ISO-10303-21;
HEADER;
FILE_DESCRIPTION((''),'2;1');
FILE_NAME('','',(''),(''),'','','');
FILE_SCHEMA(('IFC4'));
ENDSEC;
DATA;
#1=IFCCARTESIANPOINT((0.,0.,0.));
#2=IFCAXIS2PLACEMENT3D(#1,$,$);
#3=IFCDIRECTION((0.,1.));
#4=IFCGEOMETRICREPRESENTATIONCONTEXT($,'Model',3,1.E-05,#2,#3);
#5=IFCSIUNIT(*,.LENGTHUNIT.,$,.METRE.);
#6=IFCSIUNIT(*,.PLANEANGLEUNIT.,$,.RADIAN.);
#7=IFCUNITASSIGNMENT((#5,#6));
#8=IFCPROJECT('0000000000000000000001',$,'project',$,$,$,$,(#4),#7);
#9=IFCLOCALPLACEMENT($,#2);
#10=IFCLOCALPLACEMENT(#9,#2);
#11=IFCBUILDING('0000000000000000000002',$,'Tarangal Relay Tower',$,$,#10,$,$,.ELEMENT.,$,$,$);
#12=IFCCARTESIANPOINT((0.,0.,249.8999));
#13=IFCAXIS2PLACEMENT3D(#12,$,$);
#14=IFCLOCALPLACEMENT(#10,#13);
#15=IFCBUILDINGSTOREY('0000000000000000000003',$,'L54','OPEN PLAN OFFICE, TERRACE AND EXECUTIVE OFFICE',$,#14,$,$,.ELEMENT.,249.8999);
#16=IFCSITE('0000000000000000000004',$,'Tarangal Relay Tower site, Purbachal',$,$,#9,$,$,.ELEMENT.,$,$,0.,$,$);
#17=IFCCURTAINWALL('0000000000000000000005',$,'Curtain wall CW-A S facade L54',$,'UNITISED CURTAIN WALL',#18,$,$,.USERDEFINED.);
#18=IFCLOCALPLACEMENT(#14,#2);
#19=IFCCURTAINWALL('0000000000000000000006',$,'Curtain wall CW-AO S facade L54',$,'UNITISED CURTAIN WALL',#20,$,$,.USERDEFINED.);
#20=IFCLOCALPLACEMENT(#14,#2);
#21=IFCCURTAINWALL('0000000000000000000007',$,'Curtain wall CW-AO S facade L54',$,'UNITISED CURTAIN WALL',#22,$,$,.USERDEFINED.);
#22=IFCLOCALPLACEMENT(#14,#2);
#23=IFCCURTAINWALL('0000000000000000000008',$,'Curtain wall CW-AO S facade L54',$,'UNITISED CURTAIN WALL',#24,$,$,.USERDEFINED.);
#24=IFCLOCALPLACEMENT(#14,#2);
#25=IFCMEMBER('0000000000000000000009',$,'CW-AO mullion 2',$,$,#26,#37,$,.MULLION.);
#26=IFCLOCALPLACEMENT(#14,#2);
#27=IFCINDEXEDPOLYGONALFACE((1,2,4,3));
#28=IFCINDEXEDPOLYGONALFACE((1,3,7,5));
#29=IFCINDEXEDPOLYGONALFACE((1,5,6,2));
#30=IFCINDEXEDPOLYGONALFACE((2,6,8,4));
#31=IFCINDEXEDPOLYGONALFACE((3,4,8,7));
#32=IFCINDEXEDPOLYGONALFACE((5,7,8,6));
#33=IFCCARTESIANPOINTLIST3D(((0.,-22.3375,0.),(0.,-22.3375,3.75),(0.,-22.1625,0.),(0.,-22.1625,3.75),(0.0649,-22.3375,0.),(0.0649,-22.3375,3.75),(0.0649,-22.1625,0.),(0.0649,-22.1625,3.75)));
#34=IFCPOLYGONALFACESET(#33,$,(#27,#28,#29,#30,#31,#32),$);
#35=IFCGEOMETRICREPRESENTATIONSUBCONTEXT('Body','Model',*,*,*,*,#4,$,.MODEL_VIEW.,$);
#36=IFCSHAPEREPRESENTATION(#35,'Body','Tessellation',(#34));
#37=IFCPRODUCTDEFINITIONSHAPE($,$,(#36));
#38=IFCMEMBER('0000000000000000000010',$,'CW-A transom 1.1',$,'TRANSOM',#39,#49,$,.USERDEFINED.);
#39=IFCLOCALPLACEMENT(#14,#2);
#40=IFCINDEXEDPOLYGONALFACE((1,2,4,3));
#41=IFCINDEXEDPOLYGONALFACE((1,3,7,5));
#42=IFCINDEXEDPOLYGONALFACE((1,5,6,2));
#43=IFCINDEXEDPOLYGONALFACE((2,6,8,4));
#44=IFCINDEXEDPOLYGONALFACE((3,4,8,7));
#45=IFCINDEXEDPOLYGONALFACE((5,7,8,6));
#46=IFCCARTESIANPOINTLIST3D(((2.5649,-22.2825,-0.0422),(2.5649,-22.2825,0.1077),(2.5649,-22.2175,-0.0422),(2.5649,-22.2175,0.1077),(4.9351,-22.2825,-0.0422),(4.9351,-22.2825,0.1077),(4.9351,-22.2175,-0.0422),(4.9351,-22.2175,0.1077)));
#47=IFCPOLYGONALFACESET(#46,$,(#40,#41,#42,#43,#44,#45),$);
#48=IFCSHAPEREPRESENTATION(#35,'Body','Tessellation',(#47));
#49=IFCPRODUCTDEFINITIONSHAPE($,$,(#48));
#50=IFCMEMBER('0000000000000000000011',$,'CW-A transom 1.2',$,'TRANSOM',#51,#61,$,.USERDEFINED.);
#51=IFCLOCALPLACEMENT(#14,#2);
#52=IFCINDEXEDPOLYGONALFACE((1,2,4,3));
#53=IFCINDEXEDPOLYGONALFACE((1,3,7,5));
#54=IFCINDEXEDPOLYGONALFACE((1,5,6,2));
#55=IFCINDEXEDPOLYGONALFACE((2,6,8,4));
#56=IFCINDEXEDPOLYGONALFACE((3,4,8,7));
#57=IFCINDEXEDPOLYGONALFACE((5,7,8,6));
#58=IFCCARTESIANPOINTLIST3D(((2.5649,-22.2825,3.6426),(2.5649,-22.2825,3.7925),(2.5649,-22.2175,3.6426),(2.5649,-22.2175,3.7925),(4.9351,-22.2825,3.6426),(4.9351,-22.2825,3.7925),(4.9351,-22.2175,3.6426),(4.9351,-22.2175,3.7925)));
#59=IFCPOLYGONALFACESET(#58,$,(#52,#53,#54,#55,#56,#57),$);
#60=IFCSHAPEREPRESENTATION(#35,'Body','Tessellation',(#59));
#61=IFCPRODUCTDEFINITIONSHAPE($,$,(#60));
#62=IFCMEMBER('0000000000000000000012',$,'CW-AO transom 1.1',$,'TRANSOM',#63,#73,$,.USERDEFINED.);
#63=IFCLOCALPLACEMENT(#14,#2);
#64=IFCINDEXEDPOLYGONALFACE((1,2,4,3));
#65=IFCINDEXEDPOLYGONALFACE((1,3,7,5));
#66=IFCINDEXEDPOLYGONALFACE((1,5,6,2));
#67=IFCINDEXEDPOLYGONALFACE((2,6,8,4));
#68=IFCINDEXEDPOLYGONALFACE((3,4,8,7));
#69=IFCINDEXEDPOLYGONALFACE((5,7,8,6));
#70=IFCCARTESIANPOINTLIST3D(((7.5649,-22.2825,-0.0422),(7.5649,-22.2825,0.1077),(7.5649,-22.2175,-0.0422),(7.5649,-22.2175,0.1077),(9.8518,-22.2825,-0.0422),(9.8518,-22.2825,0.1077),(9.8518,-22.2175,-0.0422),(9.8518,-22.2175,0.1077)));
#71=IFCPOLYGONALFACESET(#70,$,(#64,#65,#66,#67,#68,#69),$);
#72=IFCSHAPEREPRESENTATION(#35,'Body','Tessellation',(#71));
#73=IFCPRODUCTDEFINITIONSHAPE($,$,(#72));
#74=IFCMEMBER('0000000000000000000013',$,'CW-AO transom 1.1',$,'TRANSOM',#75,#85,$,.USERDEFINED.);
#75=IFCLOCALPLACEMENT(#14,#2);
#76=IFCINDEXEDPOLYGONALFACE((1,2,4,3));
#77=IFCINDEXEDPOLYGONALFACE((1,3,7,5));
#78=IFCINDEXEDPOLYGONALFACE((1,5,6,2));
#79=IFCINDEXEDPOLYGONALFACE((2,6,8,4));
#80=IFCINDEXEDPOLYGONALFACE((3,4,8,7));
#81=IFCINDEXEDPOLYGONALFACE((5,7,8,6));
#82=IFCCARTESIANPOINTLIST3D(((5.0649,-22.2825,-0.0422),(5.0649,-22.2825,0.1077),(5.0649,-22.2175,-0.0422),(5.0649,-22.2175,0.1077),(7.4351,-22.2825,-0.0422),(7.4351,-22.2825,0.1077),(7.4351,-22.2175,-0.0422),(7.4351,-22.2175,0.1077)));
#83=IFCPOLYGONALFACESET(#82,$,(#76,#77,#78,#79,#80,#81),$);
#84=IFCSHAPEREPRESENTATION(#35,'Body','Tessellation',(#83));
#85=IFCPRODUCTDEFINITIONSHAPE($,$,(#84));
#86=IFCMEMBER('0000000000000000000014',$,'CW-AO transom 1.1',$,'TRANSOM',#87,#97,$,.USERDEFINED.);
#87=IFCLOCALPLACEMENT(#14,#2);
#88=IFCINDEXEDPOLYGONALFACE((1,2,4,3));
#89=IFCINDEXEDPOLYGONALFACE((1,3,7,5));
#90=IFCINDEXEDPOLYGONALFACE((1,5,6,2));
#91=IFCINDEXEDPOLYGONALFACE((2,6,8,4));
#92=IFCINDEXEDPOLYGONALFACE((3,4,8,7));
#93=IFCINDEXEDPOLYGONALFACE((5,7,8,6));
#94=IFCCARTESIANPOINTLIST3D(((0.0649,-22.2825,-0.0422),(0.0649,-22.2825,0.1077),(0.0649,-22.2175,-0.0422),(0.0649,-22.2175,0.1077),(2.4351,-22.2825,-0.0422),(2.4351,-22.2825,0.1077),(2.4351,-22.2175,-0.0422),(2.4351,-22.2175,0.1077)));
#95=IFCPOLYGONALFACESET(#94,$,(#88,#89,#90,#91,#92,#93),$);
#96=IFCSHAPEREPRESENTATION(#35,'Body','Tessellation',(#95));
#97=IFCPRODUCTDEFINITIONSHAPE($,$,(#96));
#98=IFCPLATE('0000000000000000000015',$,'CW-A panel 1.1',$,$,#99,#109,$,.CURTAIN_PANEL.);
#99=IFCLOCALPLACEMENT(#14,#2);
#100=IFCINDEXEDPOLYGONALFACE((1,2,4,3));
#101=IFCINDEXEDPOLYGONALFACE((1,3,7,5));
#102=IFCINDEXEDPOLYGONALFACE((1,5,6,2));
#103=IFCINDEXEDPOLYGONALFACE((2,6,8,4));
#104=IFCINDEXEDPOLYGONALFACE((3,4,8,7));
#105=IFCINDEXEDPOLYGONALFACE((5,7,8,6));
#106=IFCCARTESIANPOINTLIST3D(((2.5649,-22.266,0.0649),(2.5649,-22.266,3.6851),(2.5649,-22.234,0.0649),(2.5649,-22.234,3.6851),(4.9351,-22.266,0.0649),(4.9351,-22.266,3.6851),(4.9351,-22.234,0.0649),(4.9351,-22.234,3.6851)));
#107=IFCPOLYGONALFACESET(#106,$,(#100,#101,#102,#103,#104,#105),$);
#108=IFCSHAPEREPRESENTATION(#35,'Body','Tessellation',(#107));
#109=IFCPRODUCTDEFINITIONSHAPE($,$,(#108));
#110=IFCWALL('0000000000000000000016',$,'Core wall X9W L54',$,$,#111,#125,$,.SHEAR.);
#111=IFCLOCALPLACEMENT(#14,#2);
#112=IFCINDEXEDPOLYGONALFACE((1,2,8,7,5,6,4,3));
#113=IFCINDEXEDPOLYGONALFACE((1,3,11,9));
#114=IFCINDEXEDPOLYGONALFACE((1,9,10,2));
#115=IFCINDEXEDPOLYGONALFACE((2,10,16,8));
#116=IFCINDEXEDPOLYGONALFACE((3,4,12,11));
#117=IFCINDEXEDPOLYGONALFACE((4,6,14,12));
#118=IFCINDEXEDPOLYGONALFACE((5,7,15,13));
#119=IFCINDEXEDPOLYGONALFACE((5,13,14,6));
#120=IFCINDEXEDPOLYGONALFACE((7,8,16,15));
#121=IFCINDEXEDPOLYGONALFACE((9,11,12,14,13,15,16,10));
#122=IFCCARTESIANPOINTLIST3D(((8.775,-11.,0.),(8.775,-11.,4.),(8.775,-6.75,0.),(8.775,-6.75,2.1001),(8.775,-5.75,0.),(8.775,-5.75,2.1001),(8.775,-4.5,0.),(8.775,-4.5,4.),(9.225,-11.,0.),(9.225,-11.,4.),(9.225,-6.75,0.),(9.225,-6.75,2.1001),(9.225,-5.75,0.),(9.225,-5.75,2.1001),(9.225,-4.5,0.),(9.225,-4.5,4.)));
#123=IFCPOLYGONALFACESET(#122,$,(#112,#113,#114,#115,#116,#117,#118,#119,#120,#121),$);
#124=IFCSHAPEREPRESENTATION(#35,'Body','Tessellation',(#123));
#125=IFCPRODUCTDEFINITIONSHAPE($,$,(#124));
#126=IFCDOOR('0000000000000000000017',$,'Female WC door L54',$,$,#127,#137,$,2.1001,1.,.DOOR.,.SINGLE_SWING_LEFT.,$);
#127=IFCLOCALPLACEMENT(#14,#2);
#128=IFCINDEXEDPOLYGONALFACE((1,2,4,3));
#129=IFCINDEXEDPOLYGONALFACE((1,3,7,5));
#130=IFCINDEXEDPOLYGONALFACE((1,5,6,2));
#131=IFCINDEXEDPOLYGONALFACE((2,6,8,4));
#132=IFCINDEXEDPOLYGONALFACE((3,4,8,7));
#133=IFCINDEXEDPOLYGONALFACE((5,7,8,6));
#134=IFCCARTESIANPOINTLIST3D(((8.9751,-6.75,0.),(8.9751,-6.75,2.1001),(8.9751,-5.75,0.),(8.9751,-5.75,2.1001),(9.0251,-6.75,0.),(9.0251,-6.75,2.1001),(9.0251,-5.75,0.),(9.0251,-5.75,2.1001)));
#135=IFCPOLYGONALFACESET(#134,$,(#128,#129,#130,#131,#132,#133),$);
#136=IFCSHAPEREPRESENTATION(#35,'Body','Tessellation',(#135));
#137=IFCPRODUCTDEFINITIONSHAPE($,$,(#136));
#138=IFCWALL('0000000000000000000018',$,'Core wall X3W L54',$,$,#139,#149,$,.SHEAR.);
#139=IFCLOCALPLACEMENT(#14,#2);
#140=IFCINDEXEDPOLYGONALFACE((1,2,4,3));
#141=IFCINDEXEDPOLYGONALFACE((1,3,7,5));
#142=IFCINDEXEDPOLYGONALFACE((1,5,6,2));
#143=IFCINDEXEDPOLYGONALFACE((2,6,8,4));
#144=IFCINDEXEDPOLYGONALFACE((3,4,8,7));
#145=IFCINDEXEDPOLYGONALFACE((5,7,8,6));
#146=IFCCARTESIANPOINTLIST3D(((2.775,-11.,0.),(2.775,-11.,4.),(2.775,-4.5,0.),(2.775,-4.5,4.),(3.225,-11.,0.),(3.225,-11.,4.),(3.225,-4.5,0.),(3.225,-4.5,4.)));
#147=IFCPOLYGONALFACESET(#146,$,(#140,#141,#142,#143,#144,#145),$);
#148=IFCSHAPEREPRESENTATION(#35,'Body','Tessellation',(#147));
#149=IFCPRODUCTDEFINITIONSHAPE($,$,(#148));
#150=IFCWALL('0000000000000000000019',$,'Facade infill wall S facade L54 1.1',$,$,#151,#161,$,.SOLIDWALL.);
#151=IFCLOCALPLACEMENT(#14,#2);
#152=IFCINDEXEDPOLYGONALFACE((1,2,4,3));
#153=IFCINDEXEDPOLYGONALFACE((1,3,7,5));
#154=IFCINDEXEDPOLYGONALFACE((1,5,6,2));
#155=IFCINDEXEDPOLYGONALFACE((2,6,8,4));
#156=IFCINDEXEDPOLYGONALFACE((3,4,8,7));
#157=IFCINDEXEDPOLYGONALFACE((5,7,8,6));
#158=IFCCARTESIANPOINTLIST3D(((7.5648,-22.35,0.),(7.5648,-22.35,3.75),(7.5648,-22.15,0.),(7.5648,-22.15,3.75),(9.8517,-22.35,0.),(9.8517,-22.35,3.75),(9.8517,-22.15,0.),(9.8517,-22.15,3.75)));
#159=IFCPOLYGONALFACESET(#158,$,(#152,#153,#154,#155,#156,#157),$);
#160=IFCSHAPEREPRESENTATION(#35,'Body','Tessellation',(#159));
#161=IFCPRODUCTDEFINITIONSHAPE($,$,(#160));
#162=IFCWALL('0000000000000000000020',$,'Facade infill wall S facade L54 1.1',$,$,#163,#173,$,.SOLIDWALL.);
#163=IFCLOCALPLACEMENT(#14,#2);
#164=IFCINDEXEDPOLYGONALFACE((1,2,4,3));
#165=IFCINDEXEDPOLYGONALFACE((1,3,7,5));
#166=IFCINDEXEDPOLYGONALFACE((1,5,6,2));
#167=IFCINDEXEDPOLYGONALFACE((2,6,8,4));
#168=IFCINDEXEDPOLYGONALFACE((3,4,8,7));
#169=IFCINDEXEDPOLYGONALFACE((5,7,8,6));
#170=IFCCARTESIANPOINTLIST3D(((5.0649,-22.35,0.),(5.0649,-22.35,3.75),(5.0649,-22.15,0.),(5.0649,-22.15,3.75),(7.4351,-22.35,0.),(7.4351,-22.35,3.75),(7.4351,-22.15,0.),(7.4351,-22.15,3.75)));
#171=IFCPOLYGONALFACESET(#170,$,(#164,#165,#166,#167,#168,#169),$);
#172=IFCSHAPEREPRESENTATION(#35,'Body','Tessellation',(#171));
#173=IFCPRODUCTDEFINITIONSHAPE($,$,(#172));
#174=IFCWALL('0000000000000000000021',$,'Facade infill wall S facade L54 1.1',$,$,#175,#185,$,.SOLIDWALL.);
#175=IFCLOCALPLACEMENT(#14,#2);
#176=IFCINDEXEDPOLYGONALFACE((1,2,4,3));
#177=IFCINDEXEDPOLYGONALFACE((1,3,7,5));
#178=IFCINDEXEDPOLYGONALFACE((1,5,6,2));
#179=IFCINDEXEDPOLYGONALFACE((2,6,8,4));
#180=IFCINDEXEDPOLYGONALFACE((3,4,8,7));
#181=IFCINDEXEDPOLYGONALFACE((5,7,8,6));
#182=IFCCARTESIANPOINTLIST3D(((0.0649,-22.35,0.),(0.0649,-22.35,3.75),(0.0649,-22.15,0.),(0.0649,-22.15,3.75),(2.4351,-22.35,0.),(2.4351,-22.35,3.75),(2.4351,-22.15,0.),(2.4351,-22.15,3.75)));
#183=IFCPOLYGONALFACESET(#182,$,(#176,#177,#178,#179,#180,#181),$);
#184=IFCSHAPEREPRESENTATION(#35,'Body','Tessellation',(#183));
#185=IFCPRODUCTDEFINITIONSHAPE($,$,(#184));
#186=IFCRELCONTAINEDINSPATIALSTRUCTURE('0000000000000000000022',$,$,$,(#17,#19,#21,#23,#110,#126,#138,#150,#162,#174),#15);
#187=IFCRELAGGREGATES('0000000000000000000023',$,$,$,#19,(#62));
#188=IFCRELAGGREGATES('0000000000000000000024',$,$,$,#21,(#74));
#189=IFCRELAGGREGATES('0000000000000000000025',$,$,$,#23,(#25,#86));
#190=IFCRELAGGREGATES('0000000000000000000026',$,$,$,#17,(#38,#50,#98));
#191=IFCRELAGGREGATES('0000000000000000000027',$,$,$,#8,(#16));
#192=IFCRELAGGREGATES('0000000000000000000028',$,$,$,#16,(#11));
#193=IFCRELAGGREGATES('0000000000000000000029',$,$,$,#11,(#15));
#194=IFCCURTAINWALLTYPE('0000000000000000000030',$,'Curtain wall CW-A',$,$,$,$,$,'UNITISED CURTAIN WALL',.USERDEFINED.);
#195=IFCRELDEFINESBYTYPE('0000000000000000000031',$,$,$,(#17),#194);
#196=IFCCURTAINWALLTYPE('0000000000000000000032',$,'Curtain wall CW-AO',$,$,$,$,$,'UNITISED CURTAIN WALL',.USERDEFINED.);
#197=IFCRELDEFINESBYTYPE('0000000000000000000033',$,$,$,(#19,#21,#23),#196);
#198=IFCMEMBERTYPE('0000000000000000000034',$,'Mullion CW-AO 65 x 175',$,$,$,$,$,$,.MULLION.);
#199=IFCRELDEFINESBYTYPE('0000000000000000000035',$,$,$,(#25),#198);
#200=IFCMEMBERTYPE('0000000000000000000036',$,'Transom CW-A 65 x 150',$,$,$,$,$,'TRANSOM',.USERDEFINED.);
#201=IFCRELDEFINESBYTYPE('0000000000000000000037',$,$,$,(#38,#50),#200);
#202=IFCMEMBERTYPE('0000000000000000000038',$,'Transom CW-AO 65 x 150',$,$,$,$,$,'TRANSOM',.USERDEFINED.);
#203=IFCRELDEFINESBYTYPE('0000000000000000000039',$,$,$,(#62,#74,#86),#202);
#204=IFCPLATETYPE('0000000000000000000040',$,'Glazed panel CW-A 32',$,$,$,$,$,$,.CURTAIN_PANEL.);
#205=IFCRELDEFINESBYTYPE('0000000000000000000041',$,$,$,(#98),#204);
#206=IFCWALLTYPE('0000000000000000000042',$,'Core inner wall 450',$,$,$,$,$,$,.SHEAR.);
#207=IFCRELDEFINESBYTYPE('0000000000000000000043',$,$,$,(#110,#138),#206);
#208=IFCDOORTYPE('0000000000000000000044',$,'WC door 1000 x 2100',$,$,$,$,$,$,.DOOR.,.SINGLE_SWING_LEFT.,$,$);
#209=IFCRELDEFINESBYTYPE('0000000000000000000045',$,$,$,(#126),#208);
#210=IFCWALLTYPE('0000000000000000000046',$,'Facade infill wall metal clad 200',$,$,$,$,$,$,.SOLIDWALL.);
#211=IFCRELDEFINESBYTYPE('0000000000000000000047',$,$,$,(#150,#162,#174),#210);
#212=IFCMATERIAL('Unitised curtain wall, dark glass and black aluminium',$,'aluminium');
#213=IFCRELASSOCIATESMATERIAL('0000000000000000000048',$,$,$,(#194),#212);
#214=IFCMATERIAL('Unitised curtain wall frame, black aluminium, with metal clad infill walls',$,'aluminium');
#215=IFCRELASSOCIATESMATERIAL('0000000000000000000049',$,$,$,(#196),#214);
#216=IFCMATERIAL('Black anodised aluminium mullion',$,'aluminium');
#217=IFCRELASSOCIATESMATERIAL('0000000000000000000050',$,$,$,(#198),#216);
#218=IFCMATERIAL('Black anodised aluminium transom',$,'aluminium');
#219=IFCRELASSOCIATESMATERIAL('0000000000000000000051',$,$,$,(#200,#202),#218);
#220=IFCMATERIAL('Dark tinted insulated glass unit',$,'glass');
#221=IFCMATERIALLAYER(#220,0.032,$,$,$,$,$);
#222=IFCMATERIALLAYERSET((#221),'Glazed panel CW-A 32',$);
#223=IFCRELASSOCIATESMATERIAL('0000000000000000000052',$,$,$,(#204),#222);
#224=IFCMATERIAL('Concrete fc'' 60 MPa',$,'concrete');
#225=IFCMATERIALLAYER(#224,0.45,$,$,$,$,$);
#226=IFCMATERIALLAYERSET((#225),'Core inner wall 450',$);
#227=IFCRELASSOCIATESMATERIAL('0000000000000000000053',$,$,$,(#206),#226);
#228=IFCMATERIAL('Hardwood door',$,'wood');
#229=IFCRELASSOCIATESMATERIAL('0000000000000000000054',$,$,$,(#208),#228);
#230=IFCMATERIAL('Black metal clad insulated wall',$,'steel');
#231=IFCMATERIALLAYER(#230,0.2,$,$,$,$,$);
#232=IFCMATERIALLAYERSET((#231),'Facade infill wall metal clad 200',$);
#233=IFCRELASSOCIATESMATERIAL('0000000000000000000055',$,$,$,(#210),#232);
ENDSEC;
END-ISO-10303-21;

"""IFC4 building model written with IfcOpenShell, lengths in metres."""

from ifc_helpers import new_model, si_unit, direction, frame, frame_2d, origin, origin_2d, place, context, subcontext, project, spatial, rectangle, extrude, material, layer, layer_set, material_profile, profile_set, type_object, element, fill, aggregate, save


model = new_model("IFC4")

# Units and contexts
model_context = context("Model", 3, precision=1e-05, world=origin(), true_north=direction((0.0, 1.0)))
body_context = subcontext(model_context, "Body", "Model", "MODEL_VIEW")
ifc_project = project(units=[si_unit("LENGTHUNIT", "METRE"), si_unit("PLANEANGLEUNIT", "RADIAN")], contexts=[model_context])

# Site, building, storey
site_placement = place(None, origin())
site = spatial("IfcSite", under=ifc_project, at=site_placement, Name="Tarangal Relay Tower site, Purbachal", CompositionType="ELEMENT", RefElevation=0.0)
building_placement = place(site_placement, origin())
building = spatial("IfcBuilding", under=site, at=building_placement, Name="Tarangal Relay Tower", CompositionType="ELEMENT")
storey_placement = place(building_placement, frame((0.0, 0.0, 249.8999)))
storey = spatial("IfcBuildingStorey", under=building, at=storey_placement, Name="L54", Description="OPEN PLAN OFFICE, TERRACE AND EXECUTIVE OFFICE", CompositionType="ELEMENT", Elevation=249.8999)

# Shared definitions
ifc_material_1 = material(Name="Unitised curtain wall, dark glass and black aluminium", Category="aluminium")
curtain_wall_type_1 = type_object("IfcCurtainWallType", Name="Curtain wall CW-A", ElementType="UNITISED CURTAIN WALL", PredefinedType="USERDEFINED", material=ifc_material_1)
ifc_material_2 = material(Name="Black anodised aluminium mullion", Category="aluminium")

# Curtain walls, member
curtain_wall_1_placement = place(storey_placement, origin())
curtain_wall_1 = element("IfcCurtainWall", 1, at=curtain_wall_1_placement, inside=storey, type_object=curtain_wall_type_1, Name="Curtain wall CW-A S facade L54", ObjectType="UNITISED CURTAIN WALL", PredefinedType="USERDEFINED")
ifc_material_3 = material(Name="Unitised curtain wall frame, black aluminium, with metal clad infill walls", Category="aluminium")
curtain_wall_type_2 = type_object("IfcCurtainWallType", Name="Curtain wall CW-AO", ElementType="UNITISED CURTAIN WALL", PredefinedType="USERDEFINED", material=ifc_material_3)
curtain_wall_2_placement = place(storey_placement, origin())
curtain_wall_2 = element("IfcCurtainWall", 2, at=curtain_wall_2_placement, inside=storey, type_object=curtain_wall_type_2, Name="Curtain wall CW-AO S facade L54", ObjectType="UNITISED CURTAIN WALL", PredefinedType="USERDEFINED")
ifc_material_profile_1 = material_profile(ifc_material_2, rectangle(XDim=0.175, YDim=0.0649, at=origin_2d()), Name="CW-AOM 65X175")
ifc_profile_set_1 = profile_set([ifc_material_profile_1], Name="Black anodised aluminium mullion")
member_type_1 = type_object("IfcMemberType", Name="Mullion CW-AO 65 x 175", PredefinedType="MULLION", material=ifc_profile_set_1)
curtain_wall_3_placement = place(storey_placement, origin())
curtain_wall_3 = element("IfcCurtainWall", 3, at=curtain_wall_3_placement, inside=storey, type_object=curtain_wall_type_2, Name="Curtain wall CW-AO S facade L54", ObjectType="UNITISED CURTAIN WALL", PredefinedType="USERDEFINED")
curtain_wall_4_placement = place(storey_placement, origin())
curtain_wall_4 = element("IfcCurtainWall", 4, at=curtain_wall_4_placement, inside=storey, type_object=curtain_wall_type_2, Name="Curtain wall CW-AO S facade L54", ObjectType="UNITISED CURTAIN WALL", PredefinedType="USERDEFINED")
member_1_placement = place(storey_placement, frame((0.0325, -22.25, 0.0), z_axis=(0.0, 0.0, 1.0), x_axis=(0.0, -1.0, 0.0)))
member_1 = element("IfcMember", 5, at=member_1_placement, type_object=member_type_1, Name="CW-AO mullion 2", PredefinedType="MULLION", context=body_context, shape_type="SweptSolid", body=[
    extrude(rectangle(XDim=0.175, YDim=0.0649, at=origin_2d()), origin(), (0.0, 0.0, 1.0), 3.75),
])

# Members
ifc_material_4 = material(Name="Black anodised aluminium transom", Category="aluminium")
ifc_material_profile_2 = material_profile(ifc_material_4, rectangle(XDim=0.0649, YDim=0.1499, at=origin_2d()), Name="CW-AT 65X150")
ifc_profile_set_2 = profile_set([ifc_material_profile_2], Name="Black anodised aluminium transom")
member_type_2 = type_object("IfcMemberType", Name="Transom CW-A 65 x 150", ElementType="TRANSOM", PredefinedType="USERDEFINED", material=ifc_profile_set_2)
member_2_placement = place(storey_placement, frame((4.9351, -22.25, 0.0327), z_axis=(-1.0, 0.0, 0.0), x_axis=(0.0, -1.0, 0.0)))
member_2 = element("IfcMember", 6, at=member_2_placement, type_object=member_type_2, Name="CW-A transom 1.1", ObjectType="TRANSOM", PredefinedType="USERDEFINED", context=body_context, shape_type="SweptSolid", body=[
    extrude(rectangle(XDim=0.0649, YDim=0.1499, at=origin_2d()), origin(), (0.0, 0.0, 1.0), 2.3701),
])
member_3_placement = place(storey_placement, frame((4.9351, -22.25, 3.7175), z_axis=(-1.0, 0.0, 0.0), x_axis=(0.0, -1.0, 0.0)))
member_3 = element("IfcMember", 7, at=member_3_placement, type_object=member_type_2, Name="CW-A transom 1.2", ObjectType="TRANSOM", PredefinedType="USERDEFINED", context=body_context, shape_type="SweptSolid", body=[
    extrude(rectangle(XDim=0.0649, YDim=0.1499, at=origin_2d()), origin(), (0.0, 0.0, 1.0), 2.3701),
])
ifc_material_profile_3 = material_profile(ifc_material_4, rectangle(XDim=0.0649, YDim=0.1499, at=origin_2d()), Name="CW-AOT 65X150")
ifc_profile_set_3 = profile_set([ifc_material_profile_3], Name="Black anodised aluminium transom")
member_type_3 = type_object("IfcMemberType", Name="Transom CW-AO 65 x 150", ElementType="TRANSOM", PredefinedType="USERDEFINED", material=ifc_profile_set_3)
member_4_placement = place(storey_placement, frame((9.8518, -22.25, 0.0327), z_axis=(-1.0, 0.0, 0.0), x_axis=(0.0, -1.0, 0.0)))
member_4 = element("IfcMember", 8, at=member_4_placement, type_object=member_type_3, Name="CW-AO transom 1.1", ObjectType="TRANSOM", PredefinedType="USERDEFINED", context=body_context, shape_type="SweptSolid", body=[
    extrude(rectangle(XDim=0.0649, YDim=0.1499, at=origin_2d()), origin(), (0.0, 0.0, 1.0), 2.2869),
])
aggregate(curtain_wall_2, [member_4])
member_5_placement = place(storey_placement, frame((7.4351, -22.25, 0.0327), z_axis=(-1.0, 0.0, 0.0), x_axis=(0.0, -1.0, 0.0)))
member_5 = element("IfcMember", 9, at=member_5_placement, type_object=member_type_3, Name="CW-AO transom 1.1", ObjectType="TRANSOM", PredefinedType="USERDEFINED", context=body_context, shape_type="SweptSolid", body=[
    extrude(rectangle(XDim=0.0649, YDim=0.1499, at=origin_2d()), origin(), (0.0, 0.0, 1.0), 2.3701),
])
aggregate(curtain_wall_3, [member_5])
member_6_placement = place(storey_placement, frame((2.4351, -22.25, 0.0327), z_axis=(-1.0, 0.0, 0.0), x_axis=(0.0, -1.0, 0.0)))
member_6 = element("IfcMember", 10, at=member_6_placement, type_object=member_type_3, Name="CW-AO transom 1.1", ObjectType="TRANSOM", PredefinedType="USERDEFINED", context=body_context, shape_type="SweptSolid", body=[
    extrude(rectangle(XDim=0.0649, YDim=0.1499, at=origin_2d()), origin(), (0.0, 0.0, 1.0), 2.3701),
])
aggregate(curtain_wall_4, [member_1, member_6])

# Plate
ifc_material_5 = material(Name="Dark tinted insulated glass unit", Category="glass")
ifc_layer_1 = layer(ifc_material_5, 0.032)
ifc_layer_set_1 = layer_set([ifc_layer_1], Name="Glazed panel CW-A 32")
plate_type = type_object("IfcPlateType", Name="Glazed panel CW-A 32", PredefinedType="CURTAIN_PANEL", material=ifc_layer_set_1)
plate_placement = place(storey_placement, frame((3.75, -22.25, 0.0649), z_axis=(0.0, 0.0, 1.0), x_axis=(-1.0, 0.0, 0.0)))
plate = element("IfcPlate", 11, at=plate_placement, type_object=plate_type, Name="CW-A panel 1.1", PredefinedType="CURTAIN_PANEL", context=body_context, shape_type="SweptSolid", body=[
    extrude(rectangle(XDim=2.3701, YDim=0.032, at=origin_2d()), origin(), (0.0, 0.0, 1.0), 3.6201),
])
aggregate(curtain_wall_1, [member_2, member_3, plate])

# Wall, opening, door
ifc_material_6 = material(Name="Concrete fc' 60 MPa", Category="concrete")
ifc_layer_2 = layer(ifc_material_6, 0.45)
ifc_layer_set_2 = layer_set([ifc_layer_2], Name="Core inner wall 450")
wall_type_1 = type_object("IfcWallType", Name="Core inner wall 450", PredefinedType="SHEAR", material=ifc_layer_set_2)
wall_1_placement = place(storey_placement, frame((9.0, -11.0, 0.0), z_axis=(0.0, 0.0, 1.0), x_axis=(0.0, 1.0, 0.0)))
wall_1 = element("IfcWall", 12, at=wall_1_placement, inside=storey, type_object=wall_type_1, Name="Core wall X9W L54", PredefinedType="SHEAR", context=body_context, shape_type="SweptSolid", body=[
    extrude(rectangle(XDim=6.5, YDim=0.45, at=frame_2d((3.25, 0.0))), origin(), (0.0, 0.0, 1.0), 4.0),
])
opening_1_placement = place(wall_1_placement, frame((4.25, 0.0, 0.0)))
opening_1 = element("IfcOpeningElement", 13, at=opening_1_placement, cuts=wall_1, PredefinedType="OPENING", context=body_context, shape_type="SweptSolid", body=[
    extrude(rectangle(XDim=1.0, YDim=2.1001, at=frame_2d((0.5, 1.05))), frame((0.0, 0.2349, 0.0), z_axis=(0.0, -1.0, 0.0), x_axis=(1.0, 0.0, 0.0)), (0.0, 0.0, 1.0), 0.47),
])
ifc_material_7 = material(Name="Hardwood door", Category="wood")
door_type = type_object("IfcDoorType", Name="WC door 1000 x 2100", OperationType="SINGLE_SWING_LEFT", PredefinedType="DOOR", material=ifc_material_7)
door_1_placement = place(opening_1_placement, origin())
door_1 = element("IfcDoor", 14, at=door_1_placement, inside=storey, type_object=door_type, Name="Female WC door L54", OperationType="SINGLE_SWING_LEFT", OverallHeight=2.1001, OverallWidth=1.0, PredefinedType="DOOR", context=body_context, shape_type="SweptSolid", body=[
    extrude(rectangle(XDim=1.0, YDim=2.1001, at=frame_2d((0.5, 1.05))), frame((0.0, 0.0249, 0.0), z_axis=(0.0, -1.0, 0.0), x_axis=(1.0, 0.0, 0.0)), (0.0, 0.0, 1.0), 0.05),
])
fill(opening_1, door_1)

# Walls
wall_2_placement = place(storey_placement, frame((3.0, -11.0, 0.0), z_axis=(0.0, 0.0, 1.0), x_axis=(0.0, 1.0, 0.0)))
element("IfcWall", 15, at=wall_2_placement, inside=storey, type_object=wall_type_1, Name="Core wall X3W L54", PredefinedType="SHEAR", context=body_context, shape_type="SweptSolid", body=[
    extrude(rectangle(XDim=6.5, YDim=0.45, at=frame_2d((3.25, 0.0))), origin(), (0.0, 0.0, 1.0), 4.0),
])
ifc_material_8 = material(Name="Black metal clad insulated wall", Category="steel")
ifc_layer_3 = layer(ifc_material_8, 0.2)
ifc_layer_set_3 = layer_set([ifc_layer_3], Name="Facade infill wall metal clad 200")
wall_type_2 = type_object("IfcWallType", Name="Facade infill wall metal clad 200", PredefinedType="SOLIDWALL", material=ifc_layer_set_3)
wall_3_placement = place(storey_placement, frame((9.8518, -22.25, 0.0), z_axis=(0.0, 0.0, 1.0), x_axis=(-1.0, 0.0, 0.0)))
element("IfcWall", 16, at=wall_3_placement, inside=storey, type_object=wall_type_2, Name="Facade infill wall S facade L54 1.1", PredefinedType="SOLIDWALL", context=body_context, shape_type="SweptSolid", body=[
    extrude(rectangle(XDim=2.2869, YDim=0.2, at=frame_2d((1.1436, 0.0))), origin(), (0.0, 0.0, 1.0), 3.75),
])
for number, where, z_axis, x_axis, name in (
    (17, (7.4351, -22.25, 0.0), (0.0, 0.0, 1.0), (-1.0, 0.0, 0.0), "Facade infill wall S facade L54 1.1"),
    (18, (2.4351, -22.25, 0.0), (0.0, 0.0, 1.0), (-1.0, 0.0, 0.0), "Facade infill wall S facade L54 1.1"),
):
    element("IfcWall", number, at=place(storey_placement, frame(where, z_axis=z_axis, x_axis=x_axis)), inside=storey, type_object=wall_type_2, Name=name, PredefinedType="SOLIDWALL", context=body_context, shape_type="SweptSolid", body=[
        extrude(rectangle(XDim=2.3701, YDim=0.2, at=frame_2d((1.1851, 0.0))), origin(), (0.0, 0.0, 1.0), 3.75),
    ])

save(model, "model.ifc")
